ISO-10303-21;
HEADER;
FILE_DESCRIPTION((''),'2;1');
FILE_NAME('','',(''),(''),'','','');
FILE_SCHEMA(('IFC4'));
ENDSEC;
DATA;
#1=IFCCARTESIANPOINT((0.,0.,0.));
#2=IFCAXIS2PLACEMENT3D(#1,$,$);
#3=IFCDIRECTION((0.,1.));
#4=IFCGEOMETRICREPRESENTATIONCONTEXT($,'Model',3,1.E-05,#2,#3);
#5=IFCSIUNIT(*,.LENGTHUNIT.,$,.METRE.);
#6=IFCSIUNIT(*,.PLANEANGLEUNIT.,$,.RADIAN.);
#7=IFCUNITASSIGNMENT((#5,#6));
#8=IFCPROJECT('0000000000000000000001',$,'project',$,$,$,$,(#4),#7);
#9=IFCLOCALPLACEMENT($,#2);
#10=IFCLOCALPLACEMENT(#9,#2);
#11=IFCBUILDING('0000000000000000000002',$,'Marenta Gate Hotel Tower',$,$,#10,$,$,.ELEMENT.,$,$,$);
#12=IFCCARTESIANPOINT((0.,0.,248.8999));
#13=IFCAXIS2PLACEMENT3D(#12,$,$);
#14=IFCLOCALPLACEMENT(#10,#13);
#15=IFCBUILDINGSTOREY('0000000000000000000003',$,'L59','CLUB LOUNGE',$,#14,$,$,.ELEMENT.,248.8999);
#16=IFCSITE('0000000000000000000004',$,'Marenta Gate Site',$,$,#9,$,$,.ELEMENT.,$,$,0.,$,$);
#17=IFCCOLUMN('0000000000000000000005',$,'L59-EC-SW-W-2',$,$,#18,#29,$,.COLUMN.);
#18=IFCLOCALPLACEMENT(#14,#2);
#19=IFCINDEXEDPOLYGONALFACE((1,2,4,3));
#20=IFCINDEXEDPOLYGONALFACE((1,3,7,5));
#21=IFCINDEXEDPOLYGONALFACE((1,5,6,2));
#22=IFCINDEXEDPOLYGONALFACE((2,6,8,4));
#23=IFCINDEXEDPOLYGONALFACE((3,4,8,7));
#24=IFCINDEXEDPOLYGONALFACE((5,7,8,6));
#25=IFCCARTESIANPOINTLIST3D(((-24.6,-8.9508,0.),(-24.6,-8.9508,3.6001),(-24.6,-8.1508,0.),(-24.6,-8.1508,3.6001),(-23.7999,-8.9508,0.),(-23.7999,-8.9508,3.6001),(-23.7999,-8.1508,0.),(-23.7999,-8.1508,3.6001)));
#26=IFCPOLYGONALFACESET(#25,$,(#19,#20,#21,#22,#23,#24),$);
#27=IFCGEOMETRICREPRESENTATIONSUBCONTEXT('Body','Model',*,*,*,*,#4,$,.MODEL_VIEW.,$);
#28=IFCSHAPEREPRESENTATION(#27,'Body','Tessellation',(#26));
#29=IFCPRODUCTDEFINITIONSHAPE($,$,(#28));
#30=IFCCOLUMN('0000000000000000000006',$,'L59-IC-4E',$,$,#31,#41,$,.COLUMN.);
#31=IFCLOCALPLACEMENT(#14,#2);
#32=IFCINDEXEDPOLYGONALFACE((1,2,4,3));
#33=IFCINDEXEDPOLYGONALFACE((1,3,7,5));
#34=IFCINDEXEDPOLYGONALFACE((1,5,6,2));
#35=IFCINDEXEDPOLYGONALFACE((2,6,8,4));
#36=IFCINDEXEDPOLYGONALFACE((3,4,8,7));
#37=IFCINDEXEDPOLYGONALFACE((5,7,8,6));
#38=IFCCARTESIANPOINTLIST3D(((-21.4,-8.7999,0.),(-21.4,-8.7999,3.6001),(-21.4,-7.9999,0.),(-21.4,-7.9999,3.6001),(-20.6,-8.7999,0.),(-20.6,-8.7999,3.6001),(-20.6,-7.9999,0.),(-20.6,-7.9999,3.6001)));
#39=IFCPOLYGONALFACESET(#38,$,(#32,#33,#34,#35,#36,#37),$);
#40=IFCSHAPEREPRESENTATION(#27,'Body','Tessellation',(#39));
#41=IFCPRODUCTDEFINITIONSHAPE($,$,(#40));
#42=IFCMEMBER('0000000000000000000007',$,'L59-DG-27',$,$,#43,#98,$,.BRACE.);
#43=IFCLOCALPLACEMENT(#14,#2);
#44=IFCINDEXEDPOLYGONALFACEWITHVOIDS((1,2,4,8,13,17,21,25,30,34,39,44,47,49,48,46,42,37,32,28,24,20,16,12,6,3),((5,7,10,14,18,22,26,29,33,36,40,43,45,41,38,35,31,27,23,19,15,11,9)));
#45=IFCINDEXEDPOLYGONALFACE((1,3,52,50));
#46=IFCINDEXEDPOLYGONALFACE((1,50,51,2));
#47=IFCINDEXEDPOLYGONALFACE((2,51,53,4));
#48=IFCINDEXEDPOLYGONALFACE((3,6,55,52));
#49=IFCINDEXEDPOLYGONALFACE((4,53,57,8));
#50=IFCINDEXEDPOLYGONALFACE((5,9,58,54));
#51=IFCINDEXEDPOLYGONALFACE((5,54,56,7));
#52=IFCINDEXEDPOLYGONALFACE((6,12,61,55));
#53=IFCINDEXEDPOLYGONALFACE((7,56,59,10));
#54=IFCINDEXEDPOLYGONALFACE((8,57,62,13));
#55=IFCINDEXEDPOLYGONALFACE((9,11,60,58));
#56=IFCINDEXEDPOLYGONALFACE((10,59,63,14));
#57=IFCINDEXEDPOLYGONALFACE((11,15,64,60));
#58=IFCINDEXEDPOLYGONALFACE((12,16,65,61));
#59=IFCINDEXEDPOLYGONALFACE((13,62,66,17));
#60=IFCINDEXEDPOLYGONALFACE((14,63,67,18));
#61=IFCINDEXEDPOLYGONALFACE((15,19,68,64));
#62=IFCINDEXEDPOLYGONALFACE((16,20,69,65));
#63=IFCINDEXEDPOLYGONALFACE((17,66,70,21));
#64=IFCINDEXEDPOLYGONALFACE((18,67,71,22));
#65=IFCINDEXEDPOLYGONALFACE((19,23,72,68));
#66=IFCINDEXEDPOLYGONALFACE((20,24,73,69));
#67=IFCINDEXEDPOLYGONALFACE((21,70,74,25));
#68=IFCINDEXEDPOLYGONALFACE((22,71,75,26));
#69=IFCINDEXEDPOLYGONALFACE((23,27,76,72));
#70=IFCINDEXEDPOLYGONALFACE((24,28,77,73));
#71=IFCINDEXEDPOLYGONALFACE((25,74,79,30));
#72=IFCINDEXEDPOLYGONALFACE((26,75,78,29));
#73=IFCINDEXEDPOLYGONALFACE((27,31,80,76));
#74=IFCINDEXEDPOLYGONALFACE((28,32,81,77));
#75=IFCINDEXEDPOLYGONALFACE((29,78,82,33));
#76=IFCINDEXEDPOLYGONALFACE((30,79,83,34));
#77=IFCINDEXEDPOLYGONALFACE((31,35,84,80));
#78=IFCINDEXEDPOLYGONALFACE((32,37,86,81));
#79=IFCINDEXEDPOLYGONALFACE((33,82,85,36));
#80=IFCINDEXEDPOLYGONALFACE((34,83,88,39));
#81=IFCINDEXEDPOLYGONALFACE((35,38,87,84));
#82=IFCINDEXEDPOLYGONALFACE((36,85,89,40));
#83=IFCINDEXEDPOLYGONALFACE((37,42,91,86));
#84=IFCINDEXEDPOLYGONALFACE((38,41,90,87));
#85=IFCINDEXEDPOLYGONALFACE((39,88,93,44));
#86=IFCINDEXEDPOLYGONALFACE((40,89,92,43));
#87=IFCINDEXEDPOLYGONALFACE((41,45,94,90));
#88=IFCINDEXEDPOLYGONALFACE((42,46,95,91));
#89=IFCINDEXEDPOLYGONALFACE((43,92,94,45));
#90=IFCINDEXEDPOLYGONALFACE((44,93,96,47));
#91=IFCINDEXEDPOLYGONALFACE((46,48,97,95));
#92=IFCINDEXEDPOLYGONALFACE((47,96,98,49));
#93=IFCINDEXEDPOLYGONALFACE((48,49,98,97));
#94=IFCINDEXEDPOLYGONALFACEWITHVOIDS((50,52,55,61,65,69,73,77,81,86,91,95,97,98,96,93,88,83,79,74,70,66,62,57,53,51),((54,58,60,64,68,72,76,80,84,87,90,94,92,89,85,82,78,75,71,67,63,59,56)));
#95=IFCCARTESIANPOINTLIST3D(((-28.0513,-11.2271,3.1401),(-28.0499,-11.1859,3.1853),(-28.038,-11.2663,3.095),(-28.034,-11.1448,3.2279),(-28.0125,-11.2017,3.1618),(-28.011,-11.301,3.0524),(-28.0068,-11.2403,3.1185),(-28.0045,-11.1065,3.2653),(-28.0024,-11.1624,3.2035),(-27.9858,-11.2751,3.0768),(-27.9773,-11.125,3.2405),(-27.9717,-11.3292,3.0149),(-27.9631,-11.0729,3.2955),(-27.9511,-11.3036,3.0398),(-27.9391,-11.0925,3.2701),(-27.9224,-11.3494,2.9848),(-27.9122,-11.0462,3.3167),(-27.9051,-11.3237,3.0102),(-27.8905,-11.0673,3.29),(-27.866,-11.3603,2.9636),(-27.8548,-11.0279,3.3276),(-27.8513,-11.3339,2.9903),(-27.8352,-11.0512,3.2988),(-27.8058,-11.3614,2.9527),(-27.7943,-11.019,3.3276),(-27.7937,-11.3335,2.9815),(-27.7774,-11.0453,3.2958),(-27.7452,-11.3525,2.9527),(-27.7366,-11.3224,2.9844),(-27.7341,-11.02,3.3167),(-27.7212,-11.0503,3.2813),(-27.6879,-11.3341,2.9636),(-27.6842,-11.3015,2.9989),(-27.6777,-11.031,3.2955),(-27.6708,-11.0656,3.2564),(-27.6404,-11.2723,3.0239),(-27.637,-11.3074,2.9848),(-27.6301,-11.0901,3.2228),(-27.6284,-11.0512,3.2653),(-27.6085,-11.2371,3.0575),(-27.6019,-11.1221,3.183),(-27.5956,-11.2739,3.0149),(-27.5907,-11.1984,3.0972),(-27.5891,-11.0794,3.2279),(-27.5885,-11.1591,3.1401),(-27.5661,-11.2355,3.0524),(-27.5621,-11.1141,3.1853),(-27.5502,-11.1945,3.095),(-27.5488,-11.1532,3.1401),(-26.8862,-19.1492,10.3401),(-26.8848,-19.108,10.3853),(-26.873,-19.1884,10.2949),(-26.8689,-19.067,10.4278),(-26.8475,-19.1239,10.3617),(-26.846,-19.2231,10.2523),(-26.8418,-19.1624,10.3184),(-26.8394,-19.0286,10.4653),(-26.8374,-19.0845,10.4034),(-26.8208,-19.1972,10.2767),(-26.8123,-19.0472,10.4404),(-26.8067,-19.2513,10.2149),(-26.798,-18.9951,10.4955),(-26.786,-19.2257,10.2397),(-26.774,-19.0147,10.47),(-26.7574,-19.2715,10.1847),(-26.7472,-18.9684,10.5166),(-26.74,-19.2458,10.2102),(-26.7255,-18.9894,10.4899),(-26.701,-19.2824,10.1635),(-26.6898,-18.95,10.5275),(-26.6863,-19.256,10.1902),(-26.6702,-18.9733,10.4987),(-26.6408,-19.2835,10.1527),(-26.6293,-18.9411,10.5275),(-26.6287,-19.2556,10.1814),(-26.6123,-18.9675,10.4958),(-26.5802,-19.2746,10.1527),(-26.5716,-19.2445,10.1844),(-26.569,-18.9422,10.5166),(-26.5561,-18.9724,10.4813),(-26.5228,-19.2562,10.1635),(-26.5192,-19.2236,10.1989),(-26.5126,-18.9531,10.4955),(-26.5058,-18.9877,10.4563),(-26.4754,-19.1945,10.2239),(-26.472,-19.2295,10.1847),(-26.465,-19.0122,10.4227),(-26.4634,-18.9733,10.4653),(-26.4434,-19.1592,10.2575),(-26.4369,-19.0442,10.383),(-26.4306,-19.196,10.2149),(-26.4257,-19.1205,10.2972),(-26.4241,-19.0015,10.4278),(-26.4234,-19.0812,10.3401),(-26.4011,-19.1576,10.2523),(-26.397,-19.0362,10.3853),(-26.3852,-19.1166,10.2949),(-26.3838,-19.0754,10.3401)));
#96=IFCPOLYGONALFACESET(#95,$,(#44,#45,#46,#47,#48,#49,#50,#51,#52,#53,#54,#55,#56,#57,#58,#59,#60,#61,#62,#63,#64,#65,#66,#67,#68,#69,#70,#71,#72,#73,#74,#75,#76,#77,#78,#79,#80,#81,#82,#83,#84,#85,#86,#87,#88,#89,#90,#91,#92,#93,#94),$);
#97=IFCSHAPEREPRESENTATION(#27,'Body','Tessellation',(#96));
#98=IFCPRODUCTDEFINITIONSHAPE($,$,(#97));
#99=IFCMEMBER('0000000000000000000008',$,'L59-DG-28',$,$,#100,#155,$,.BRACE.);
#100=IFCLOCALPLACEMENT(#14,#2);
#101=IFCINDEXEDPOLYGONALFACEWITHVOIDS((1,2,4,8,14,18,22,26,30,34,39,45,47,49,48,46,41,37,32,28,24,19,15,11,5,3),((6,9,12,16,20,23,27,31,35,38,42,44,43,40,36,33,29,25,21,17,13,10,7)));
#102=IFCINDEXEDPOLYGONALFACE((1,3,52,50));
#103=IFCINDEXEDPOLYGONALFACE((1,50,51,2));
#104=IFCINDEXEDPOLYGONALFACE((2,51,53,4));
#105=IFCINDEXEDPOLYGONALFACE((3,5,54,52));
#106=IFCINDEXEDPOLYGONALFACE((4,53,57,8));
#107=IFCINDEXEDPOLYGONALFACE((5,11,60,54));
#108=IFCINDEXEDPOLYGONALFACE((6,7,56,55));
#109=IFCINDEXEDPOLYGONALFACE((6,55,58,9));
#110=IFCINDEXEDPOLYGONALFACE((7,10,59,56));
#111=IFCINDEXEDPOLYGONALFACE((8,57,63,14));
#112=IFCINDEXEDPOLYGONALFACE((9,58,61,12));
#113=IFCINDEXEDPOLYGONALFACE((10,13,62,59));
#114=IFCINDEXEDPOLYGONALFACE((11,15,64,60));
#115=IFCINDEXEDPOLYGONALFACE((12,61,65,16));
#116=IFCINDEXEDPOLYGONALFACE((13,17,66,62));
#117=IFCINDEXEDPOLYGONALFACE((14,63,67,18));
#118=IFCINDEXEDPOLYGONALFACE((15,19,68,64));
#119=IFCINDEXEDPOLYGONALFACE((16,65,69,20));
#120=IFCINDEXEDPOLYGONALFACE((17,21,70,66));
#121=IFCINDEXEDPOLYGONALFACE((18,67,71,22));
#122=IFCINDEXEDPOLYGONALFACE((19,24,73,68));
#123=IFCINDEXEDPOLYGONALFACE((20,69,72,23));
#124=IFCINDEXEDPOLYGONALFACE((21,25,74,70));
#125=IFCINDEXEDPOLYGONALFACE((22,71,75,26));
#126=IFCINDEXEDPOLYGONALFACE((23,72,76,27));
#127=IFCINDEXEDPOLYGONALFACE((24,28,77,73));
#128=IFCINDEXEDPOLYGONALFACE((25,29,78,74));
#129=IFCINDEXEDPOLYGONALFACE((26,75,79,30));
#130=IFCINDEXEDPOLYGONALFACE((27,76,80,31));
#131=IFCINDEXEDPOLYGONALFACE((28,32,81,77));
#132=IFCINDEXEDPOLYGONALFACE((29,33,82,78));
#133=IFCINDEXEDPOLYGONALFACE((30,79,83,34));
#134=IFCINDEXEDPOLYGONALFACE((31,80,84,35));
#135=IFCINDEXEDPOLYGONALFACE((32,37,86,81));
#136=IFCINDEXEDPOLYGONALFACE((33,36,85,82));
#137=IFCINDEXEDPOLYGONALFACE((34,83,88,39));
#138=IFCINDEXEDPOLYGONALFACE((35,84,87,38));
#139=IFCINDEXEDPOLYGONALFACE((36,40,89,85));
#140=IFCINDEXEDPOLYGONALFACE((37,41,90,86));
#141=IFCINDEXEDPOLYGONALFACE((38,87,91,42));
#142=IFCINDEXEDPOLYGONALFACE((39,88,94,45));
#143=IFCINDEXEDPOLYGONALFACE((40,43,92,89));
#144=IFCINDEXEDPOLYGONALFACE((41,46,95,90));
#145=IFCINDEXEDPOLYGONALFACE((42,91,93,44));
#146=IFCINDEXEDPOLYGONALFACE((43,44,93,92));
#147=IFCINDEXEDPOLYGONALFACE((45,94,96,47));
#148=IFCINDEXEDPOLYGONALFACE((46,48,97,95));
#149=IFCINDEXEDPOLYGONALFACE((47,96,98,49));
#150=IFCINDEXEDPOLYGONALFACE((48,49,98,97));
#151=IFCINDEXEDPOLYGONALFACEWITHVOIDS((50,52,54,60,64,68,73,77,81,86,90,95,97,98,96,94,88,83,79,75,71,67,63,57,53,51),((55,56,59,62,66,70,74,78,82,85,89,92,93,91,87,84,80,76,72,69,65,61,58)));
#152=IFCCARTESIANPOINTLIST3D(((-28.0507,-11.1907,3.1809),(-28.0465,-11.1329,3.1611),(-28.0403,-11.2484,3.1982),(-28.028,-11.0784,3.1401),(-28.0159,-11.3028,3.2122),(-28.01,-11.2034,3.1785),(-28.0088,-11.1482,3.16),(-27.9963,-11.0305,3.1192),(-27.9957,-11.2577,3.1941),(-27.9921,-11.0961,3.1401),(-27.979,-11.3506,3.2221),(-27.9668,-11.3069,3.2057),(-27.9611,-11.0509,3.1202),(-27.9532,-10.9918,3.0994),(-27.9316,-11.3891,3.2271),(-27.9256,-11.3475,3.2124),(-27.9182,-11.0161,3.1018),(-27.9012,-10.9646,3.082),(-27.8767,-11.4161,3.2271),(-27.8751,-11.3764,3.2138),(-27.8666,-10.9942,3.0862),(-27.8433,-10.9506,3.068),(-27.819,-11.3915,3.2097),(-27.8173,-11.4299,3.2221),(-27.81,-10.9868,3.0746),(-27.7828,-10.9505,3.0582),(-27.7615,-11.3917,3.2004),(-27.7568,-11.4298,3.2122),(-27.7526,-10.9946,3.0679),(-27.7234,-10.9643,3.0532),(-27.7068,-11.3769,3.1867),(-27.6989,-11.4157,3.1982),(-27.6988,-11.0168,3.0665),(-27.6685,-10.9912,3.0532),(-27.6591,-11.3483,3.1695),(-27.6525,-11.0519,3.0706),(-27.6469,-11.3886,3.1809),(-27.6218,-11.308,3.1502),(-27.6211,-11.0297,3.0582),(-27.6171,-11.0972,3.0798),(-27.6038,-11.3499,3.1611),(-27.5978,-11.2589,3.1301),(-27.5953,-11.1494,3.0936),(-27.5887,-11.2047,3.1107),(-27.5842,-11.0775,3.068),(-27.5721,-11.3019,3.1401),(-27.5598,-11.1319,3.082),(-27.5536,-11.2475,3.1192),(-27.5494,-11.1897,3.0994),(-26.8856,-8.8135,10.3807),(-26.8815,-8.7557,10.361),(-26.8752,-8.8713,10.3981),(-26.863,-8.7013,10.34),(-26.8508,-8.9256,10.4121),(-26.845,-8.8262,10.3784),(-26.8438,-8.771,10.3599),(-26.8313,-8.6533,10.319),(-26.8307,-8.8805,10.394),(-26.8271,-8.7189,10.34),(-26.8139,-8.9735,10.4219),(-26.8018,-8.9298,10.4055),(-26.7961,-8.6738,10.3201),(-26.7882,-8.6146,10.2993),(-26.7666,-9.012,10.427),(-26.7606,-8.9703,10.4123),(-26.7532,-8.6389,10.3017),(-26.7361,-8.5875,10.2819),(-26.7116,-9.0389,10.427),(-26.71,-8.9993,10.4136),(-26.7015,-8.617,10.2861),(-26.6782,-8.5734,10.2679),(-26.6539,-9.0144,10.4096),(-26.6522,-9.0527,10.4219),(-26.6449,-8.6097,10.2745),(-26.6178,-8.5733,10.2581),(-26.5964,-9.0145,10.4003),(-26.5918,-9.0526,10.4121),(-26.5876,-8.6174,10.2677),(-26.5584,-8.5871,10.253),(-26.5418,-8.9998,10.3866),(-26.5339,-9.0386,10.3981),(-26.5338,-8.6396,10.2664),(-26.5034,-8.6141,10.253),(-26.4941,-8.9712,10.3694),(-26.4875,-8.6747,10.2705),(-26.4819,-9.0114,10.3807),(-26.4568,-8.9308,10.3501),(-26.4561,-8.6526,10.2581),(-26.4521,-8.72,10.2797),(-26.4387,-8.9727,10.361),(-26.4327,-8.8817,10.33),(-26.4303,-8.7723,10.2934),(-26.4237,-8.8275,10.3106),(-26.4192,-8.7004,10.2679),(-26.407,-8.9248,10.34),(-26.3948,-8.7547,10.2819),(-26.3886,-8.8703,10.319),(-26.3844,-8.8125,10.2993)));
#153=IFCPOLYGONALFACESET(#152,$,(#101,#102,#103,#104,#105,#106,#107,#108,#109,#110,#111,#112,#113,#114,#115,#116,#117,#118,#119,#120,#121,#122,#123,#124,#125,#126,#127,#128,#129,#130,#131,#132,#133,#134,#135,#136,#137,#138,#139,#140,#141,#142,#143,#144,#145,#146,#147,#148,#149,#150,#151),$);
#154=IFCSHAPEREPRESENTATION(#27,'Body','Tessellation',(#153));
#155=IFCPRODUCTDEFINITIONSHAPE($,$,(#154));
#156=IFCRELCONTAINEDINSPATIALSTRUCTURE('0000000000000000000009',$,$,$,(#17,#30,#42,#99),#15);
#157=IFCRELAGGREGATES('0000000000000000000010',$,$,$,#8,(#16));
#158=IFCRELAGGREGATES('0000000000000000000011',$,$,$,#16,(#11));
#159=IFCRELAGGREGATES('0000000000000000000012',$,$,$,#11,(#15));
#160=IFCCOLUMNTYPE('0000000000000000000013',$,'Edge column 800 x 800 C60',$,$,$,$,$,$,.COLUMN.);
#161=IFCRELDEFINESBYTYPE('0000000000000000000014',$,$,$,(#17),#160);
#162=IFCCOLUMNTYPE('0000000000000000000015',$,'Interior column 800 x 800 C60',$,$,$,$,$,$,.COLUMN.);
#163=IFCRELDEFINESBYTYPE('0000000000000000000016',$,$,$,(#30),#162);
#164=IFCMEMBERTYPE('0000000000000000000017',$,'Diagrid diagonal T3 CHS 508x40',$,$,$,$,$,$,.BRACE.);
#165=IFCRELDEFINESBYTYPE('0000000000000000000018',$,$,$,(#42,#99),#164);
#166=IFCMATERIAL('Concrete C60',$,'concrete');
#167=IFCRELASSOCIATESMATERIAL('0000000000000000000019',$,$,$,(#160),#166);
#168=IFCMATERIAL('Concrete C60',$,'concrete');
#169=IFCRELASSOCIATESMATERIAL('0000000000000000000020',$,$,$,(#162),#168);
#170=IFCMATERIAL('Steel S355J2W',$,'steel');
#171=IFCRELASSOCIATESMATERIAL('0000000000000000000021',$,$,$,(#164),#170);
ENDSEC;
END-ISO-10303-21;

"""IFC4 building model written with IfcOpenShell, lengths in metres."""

from ifc_helpers import new_model, si_unit, direction, frame, origin, origin_2d, place, context, subcontext, project, spatial, rectangle, hollow_circle, extrude, material, material_profile, profile_set, type_object, element, save


model = new_model("IFC4")

# Units and contexts
model_context = context("Model", 3, precision=1e-05, world=origin(), true_north=direction((0.0, 1.0)))
body_context = subcontext(model_context, "Body", "Model", "MODEL_VIEW")
ifc_project = project(units=[si_unit("LENGTHUNIT", "METRE"), si_unit("PLANEANGLEUNIT", "RADIAN")], contexts=[model_context])

# Site, building, storey
site_placement = place(None, origin())
site = spatial("IfcSite", under=ifc_project, at=site_placement, Name="Marenta Gate Site", CompositionType="ELEMENT", RefElevation=0.0)
building_placement = place(site_placement, origin())
building = spatial("IfcBuilding", under=site, at=building_placement, Name="Marenta Gate Hotel Tower", CompositionType="ELEMENT")
storey_placement = place(building_placement, frame((0.0, 0.0, 248.8999)))
storey = spatial("IfcBuildingStorey", under=building, at=storey_placement, Name="L59", Description="CLUB LOUNGE", CompositionType="ELEMENT", Elevation=248.8999)

# Columns
ifc_material_1 = material(Name="Concrete C60", Category="concrete")
ifc_material_profile_1 = material_profile(ifc_material_1, rectangle(XDim=0.8, YDim=0.8, at=origin_2d()), Name="800 x 800")
ifc_profile_set_1 = profile_set([ifc_material_profile_1], Name="Concrete C60")
column_type_1 = type_object("IfcColumnType", Name="Edge column 800 x 800 C60", PredefinedType="COLUMN", material=ifc_profile_set_1)
column_1_placement = place(storey_placement, frame((-24.2, -8.5508, 0.0), z_axis=(0.0, 0.0, 1.0), x_axis=(1.0, 0.0, 0.0)))
element("IfcColumn", 1, at=column_1_placement, inside=storey, type_object=column_type_1, Name="L59-EC-SW-W-2", PredefinedType="COLUMN", context=body_context, shape_type="SweptSolid", body=[
    extrude(rectangle(XDim=0.8, YDim=0.8, at=origin_2d()), origin(), (0.0, 0.0, 1.0), 3.6001),
])
ifc_material_2 = material(Name="Concrete C60", Category="concrete")
ifc_material_profile_2 = material_profile(ifc_material_2, rectangle(XDim=0.8, YDim=0.8, at=origin_2d()), Name="800 x 800")
ifc_profile_set_2 = profile_set([ifc_material_profile_2], Name="Concrete C60")
column_type_2 = type_object("IfcColumnType", Name="Interior column 800 x 800 C60", PredefinedType="COLUMN", material=ifc_profile_set_2)
column_2_placement = place(storey_placement, frame((-21.0, -8.3999, 0.0), z_axis=(0.0, 0.0, 1.0), x_axis=(1.0, 0.0, 0.0)))
element("IfcColumn", 2, at=column_2_placement, inside=storey, type_object=column_type_2, Name="L59-IC-4E", PredefinedType="COLUMN", context=body_context, shape_type="SweptSolid", body=[
    extrude(rectangle(XDim=0.8, YDim=0.8, at=origin_2d()), origin(), (0.0, 0.0, 1.0), 3.6001),
])

# Members
ifc_material_3 = material(Name="Steel S355J2W", Category="steel")
ifc_material_profile_3 = material_profile(ifc_material_3, hollow_circle(Radius=0.2539, WallThickness=0.04, at=origin_2d()), Name="CHS 508x40")
ifc_profile_set_3 = profile_set([ifc_material_profile_3], Name="Steel S355J2W")
member_type_1 = type_object("IfcMemberType", Name="Diagrid diagonal T3 CHS 508x40", PredefinedType="BRACE", material=ifc_profile_set_3)
member_1_placement = place(storey_placement, frame((-27.8, -11.1902, 3.1401), z_axis=(0.108191, -0.735688, 0.668624), x_axis=(0.989359, 0.145497, 0.0)))
element("IfcMember", 3, at=member_1_placement, inside=storey, type_object=member_type_1, Name="L59-DG-27", PredefinedType="BRACE", context=body_context, shape_type="SweptSolid", body=[
    extrude(hollow_circle(Radius=0.2539, WallThickness=0.04, at=origin_2d()), origin(), (0.0, 0.0, 1.0), 10.7683),
])
member_2_placement = place(storey_placement, frame((-27.8, -11.1902, 3.1401), z_axis=(0.151871, 0.309885, 0.938566), x_axis=(-0.897959, 0.44008, 0.0)))
element("IfcMember", 4, at=member_2_placement, inside=storey, type_object=member_type_1, Name="L59-DG-28", PredefinedType="BRACE", context=body_context, shape_type="SweptSolid", body=[
    extrude(hollow_circle(Radius=0.2539, WallThickness=0.04, at=origin_2d()), origin(), (0.0, 0.0, 1.0), 7.6711),
])

save(model, "model.ifc")
